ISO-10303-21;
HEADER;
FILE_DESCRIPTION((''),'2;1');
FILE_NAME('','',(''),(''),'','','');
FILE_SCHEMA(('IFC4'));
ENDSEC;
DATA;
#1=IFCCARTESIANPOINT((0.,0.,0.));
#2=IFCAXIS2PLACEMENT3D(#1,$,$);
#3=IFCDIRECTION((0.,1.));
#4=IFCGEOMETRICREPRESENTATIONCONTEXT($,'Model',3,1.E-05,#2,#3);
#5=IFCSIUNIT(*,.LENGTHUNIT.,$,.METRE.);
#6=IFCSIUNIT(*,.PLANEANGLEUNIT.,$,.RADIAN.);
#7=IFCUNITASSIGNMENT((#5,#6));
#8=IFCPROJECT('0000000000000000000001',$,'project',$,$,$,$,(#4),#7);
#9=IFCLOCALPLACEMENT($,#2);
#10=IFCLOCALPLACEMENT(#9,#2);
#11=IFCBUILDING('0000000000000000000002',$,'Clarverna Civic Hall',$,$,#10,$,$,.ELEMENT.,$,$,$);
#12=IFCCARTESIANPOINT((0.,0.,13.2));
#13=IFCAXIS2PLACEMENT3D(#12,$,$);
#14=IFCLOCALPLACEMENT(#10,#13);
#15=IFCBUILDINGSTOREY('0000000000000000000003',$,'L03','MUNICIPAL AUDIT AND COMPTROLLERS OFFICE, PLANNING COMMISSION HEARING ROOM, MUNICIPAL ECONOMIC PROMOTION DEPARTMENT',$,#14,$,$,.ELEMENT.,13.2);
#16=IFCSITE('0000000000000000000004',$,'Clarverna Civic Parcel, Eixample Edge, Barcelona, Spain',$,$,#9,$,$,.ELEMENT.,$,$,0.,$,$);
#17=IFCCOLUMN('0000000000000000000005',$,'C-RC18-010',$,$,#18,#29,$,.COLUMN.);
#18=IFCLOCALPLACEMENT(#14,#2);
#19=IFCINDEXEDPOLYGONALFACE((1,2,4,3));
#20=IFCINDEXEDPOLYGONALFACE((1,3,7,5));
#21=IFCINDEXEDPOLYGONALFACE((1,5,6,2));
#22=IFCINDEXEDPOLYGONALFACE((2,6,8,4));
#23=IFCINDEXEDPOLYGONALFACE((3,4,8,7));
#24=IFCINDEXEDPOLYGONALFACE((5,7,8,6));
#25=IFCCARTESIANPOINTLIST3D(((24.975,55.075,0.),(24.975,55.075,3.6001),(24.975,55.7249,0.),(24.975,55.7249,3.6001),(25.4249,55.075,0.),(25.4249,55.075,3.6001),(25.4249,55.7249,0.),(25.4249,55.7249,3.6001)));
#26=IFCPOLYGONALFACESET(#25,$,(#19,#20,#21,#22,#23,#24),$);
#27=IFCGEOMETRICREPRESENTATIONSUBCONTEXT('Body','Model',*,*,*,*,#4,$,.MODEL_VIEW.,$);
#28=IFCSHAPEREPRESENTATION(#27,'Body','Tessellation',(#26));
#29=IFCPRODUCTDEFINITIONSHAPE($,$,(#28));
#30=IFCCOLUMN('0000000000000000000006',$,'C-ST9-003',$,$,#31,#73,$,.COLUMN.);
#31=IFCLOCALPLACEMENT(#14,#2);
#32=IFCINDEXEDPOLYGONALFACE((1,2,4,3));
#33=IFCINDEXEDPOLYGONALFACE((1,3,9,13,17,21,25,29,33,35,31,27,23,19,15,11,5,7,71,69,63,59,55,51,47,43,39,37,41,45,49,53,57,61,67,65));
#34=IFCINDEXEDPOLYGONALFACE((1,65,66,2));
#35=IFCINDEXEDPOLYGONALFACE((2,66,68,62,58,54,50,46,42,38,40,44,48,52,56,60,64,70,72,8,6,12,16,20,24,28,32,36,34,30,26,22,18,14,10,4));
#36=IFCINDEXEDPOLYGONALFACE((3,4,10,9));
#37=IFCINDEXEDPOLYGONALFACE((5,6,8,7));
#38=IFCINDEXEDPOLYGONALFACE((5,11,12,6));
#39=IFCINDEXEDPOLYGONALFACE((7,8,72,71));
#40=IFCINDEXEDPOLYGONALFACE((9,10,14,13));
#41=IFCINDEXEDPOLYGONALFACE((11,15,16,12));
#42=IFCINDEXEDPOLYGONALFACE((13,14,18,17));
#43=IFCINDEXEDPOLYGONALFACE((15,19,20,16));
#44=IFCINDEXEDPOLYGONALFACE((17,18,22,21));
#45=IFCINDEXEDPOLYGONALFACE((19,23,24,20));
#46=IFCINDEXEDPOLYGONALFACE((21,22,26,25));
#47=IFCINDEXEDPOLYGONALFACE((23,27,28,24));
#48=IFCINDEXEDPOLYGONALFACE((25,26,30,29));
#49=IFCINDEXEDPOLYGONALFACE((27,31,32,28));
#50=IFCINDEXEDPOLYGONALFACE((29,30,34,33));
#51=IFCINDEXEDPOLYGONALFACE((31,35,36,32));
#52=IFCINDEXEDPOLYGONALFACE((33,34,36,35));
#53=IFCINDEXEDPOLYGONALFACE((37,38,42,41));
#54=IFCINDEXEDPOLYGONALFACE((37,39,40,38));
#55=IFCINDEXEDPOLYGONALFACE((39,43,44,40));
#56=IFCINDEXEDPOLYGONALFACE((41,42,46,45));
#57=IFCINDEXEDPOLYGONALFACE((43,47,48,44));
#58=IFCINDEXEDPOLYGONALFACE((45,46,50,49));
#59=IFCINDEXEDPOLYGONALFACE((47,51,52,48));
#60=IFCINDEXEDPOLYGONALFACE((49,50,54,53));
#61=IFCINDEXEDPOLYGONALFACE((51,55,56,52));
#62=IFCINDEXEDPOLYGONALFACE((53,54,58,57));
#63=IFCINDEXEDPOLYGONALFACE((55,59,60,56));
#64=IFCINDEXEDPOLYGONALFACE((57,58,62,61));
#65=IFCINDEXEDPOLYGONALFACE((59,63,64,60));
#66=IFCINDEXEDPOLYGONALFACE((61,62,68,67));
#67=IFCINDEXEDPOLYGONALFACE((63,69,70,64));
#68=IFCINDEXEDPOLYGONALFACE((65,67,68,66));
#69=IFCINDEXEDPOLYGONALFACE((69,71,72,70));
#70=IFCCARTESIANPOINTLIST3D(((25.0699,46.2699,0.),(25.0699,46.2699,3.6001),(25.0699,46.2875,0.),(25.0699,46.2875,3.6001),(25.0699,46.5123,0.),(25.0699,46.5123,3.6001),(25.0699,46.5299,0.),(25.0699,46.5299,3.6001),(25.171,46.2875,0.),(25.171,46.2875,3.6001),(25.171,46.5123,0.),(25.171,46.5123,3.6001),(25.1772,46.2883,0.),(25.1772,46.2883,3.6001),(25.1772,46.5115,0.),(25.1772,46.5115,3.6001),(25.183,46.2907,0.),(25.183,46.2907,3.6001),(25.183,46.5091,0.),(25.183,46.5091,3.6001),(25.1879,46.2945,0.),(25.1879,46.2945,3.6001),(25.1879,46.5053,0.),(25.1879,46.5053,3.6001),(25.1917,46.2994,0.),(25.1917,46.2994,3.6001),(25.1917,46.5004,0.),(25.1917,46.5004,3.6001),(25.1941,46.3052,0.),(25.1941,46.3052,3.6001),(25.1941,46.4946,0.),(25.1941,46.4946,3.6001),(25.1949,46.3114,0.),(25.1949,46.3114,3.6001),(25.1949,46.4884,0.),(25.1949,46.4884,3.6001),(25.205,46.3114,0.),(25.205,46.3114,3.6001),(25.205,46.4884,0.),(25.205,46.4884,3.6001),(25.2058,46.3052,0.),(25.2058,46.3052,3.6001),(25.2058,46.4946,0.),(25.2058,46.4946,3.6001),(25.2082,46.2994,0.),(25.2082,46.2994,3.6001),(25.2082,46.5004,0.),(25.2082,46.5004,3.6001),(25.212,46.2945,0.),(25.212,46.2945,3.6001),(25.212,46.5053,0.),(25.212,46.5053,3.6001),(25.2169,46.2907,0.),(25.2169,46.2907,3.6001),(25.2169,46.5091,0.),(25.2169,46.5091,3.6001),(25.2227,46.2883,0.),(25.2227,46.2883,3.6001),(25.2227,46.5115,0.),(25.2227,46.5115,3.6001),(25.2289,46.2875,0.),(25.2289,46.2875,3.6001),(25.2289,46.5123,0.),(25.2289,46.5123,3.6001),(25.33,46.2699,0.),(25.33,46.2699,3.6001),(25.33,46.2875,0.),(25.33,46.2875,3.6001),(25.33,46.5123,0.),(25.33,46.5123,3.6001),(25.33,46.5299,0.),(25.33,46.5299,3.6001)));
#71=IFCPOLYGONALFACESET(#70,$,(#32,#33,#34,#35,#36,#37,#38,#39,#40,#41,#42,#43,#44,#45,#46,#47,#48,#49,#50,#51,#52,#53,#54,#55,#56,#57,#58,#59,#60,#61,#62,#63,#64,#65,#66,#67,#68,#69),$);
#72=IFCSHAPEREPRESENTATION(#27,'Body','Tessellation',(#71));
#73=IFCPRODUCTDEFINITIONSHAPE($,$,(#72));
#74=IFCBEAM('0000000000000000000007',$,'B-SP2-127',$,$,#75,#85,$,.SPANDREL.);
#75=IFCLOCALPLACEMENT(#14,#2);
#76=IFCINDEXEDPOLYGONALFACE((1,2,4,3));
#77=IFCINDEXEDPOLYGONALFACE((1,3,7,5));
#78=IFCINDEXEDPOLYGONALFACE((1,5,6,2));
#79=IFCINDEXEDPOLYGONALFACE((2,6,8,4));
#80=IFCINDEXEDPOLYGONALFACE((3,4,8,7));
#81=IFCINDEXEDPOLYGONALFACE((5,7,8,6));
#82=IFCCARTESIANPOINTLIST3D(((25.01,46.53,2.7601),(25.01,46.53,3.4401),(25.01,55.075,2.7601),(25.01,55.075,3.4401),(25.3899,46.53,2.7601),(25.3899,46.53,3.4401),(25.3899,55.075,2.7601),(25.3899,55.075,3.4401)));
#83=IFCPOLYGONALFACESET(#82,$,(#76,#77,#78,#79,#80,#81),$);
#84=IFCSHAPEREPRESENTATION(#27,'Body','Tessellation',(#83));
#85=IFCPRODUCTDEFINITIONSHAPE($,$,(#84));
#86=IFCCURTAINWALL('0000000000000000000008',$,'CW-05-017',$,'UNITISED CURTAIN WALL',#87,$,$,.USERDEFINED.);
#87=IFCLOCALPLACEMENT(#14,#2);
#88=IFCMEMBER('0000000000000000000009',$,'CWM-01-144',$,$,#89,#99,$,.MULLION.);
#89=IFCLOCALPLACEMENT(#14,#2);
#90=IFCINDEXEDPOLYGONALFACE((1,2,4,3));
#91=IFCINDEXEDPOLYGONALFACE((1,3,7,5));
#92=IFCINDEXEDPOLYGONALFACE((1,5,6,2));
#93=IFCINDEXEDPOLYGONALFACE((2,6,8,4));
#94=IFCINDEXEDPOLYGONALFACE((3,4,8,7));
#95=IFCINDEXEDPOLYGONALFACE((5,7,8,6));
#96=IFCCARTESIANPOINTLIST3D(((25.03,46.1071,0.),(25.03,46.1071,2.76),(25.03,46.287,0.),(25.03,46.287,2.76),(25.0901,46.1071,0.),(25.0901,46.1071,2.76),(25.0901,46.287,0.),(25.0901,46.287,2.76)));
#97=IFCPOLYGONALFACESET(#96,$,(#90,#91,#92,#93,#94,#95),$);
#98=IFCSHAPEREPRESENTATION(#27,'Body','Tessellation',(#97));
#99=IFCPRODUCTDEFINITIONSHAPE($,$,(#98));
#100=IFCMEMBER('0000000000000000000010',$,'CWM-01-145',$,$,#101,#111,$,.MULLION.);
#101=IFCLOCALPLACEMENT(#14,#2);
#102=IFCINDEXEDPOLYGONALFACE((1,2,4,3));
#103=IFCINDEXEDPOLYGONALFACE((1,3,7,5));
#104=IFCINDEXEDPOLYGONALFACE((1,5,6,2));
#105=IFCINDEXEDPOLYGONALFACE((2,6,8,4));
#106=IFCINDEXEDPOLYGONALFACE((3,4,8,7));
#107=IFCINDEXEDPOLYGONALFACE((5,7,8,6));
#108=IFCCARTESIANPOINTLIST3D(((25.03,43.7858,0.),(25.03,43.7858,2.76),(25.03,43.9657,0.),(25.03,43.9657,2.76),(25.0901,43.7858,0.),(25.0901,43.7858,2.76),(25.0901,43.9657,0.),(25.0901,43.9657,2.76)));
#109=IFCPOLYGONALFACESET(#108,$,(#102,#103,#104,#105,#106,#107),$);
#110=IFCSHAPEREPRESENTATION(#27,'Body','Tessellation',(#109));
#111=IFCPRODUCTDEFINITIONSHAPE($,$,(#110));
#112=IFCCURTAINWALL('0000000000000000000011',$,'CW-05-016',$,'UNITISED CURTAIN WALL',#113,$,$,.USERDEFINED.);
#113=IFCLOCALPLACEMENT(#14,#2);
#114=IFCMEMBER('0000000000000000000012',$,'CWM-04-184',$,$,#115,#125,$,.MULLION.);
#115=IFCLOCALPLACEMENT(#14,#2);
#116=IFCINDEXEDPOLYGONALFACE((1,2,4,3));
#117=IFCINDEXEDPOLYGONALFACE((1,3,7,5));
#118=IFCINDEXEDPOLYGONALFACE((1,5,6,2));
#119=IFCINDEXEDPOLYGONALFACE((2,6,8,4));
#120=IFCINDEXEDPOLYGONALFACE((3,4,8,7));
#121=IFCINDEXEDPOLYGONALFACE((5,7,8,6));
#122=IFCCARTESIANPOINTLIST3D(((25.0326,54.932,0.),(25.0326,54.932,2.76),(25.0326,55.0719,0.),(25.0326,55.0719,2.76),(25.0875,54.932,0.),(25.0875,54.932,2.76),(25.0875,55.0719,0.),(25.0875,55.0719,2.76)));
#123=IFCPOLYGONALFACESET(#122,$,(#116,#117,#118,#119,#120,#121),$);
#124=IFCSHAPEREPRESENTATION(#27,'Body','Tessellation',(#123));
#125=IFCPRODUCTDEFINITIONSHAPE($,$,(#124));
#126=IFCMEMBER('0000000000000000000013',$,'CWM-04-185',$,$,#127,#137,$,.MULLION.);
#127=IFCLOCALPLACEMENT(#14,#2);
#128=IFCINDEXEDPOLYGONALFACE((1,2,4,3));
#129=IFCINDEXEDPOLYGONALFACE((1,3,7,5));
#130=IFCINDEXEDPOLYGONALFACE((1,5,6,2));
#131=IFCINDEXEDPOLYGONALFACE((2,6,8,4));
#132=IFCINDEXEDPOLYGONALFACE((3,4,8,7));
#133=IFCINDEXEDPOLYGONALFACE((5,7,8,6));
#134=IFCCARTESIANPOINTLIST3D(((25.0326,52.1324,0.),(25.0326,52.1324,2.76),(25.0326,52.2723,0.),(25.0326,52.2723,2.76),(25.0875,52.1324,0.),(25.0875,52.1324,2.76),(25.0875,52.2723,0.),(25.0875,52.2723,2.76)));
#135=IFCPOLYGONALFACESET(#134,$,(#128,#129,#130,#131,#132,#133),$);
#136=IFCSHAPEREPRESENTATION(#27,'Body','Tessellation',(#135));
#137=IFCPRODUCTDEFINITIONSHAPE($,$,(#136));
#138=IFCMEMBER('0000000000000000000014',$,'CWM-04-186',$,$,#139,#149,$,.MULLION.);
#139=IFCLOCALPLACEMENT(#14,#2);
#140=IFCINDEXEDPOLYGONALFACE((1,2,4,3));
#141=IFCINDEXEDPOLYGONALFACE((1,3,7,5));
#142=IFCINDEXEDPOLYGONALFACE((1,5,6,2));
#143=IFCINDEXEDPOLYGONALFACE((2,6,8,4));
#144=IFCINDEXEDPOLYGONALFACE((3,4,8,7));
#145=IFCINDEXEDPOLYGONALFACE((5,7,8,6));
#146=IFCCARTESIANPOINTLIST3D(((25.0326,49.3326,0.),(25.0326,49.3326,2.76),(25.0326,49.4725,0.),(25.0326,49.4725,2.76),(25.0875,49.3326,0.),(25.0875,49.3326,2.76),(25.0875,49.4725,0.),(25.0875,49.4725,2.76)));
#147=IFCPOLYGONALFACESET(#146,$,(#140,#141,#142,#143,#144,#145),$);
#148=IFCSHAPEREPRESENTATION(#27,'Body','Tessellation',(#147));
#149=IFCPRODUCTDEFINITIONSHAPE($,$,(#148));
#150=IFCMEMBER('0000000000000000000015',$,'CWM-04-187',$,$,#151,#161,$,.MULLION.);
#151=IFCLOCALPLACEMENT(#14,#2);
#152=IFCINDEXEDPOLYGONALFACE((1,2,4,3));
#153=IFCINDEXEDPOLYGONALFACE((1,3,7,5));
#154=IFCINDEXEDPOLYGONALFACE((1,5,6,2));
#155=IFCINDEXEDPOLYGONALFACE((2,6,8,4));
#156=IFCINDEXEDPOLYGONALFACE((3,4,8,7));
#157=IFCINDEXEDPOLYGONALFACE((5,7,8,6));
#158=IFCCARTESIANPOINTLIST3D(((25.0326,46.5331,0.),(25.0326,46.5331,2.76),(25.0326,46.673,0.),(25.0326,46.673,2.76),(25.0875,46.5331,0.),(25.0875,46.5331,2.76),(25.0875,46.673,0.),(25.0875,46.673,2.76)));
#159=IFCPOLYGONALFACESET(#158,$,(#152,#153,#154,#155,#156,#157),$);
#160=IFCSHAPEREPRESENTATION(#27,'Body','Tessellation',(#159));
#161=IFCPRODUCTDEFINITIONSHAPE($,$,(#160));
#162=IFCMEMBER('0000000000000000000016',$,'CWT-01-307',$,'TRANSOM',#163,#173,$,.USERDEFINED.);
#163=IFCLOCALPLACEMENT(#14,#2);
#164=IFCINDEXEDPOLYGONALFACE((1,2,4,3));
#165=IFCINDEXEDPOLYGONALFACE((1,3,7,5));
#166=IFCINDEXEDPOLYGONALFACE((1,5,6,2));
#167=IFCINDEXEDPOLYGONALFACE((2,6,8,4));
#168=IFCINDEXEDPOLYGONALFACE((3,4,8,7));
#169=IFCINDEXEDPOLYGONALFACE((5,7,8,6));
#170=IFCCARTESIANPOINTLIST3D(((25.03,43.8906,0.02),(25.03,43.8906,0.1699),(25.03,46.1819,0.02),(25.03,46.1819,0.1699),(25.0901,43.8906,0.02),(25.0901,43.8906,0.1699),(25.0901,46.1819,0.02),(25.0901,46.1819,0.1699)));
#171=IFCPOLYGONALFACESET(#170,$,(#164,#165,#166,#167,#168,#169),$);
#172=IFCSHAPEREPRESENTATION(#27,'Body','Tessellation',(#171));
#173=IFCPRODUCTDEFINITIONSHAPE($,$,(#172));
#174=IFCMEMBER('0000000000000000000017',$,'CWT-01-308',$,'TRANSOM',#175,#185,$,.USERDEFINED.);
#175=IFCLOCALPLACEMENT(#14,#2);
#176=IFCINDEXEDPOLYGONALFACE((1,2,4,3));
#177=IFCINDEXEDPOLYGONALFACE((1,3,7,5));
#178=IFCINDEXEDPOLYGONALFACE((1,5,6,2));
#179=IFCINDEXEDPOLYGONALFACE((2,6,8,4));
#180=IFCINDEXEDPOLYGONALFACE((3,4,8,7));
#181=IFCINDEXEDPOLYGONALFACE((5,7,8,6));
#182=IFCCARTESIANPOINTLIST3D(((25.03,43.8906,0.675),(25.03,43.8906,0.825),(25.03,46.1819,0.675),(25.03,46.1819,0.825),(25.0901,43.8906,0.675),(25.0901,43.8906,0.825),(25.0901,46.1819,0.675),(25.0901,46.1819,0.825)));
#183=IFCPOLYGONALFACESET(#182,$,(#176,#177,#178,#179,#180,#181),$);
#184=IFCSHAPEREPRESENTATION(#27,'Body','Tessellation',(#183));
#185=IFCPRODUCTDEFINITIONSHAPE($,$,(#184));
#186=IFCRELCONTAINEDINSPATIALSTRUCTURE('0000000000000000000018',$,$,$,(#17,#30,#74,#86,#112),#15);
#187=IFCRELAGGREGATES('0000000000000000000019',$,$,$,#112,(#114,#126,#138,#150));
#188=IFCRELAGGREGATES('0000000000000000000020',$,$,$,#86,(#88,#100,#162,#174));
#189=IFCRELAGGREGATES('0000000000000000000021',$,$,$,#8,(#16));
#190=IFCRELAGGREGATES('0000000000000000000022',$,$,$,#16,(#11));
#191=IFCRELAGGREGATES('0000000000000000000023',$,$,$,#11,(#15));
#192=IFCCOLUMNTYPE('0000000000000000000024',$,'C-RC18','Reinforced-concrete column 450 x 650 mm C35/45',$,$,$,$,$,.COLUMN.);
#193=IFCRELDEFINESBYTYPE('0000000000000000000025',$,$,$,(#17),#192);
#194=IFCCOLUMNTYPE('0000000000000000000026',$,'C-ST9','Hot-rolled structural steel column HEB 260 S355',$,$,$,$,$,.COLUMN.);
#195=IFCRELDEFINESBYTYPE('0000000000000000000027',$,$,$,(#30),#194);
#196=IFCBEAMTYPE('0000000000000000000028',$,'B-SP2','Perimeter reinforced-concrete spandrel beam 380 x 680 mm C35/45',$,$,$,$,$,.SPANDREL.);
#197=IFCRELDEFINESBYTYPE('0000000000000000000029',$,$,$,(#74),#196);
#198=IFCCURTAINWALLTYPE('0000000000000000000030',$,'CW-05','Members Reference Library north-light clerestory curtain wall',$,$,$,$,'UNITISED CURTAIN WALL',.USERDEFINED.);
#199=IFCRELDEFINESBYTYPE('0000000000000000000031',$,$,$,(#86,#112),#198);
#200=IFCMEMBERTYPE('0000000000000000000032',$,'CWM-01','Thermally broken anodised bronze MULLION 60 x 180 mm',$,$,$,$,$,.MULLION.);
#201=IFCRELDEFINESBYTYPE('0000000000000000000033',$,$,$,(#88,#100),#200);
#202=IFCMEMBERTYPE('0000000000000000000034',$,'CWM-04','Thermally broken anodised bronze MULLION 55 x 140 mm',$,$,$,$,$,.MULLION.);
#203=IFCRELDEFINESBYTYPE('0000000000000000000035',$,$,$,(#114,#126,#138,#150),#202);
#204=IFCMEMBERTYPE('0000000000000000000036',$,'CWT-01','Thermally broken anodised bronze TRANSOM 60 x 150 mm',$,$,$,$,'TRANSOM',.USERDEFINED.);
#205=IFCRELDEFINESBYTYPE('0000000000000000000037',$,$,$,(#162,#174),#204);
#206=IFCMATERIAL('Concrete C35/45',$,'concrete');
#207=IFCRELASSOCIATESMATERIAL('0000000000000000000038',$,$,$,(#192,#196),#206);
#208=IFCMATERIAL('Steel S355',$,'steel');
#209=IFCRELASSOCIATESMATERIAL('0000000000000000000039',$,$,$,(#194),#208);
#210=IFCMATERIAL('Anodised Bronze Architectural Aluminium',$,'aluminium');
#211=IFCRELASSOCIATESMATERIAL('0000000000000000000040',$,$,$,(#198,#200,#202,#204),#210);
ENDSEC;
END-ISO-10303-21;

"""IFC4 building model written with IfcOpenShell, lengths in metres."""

from ifc_helpers import new_model, si_unit, direction, frame, origin, origin_2d, place, context, subcontext, project, spatial, rectangle, i_section, extrude, material, material_profile, profile_set, type_object, element, aggregate, save


model = new_model("IFC4")

# Units and contexts
model_context = context("Model", 3, precision=1e-05, world=origin(), true_north=direction((0.0, 1.0)))
body_context = subcontext(model_context, "Body", "Model", "MODEL_VIEW")
ifc_project = project(units=[si_unit("LENGTHUNIT", "METRE"), si_unit("PLANEANGLEUNIT", "RADIAN")], contexts=[model_context])

# Site, building, storey
site_placement = place(None, origin())
site = spatial("IfcSite", under=ifc_project, at=site_placement, Name="Clarverna Civic Parcel, Eixample Edge, Barcelona, Spain", CompositionType="ELEMENT", RefElevation=0.0)
building_placement = place(site_placement, origin())
building = spatial("IfcBuilding", under=site, at=building_placement, Name="Clarverna Civic Hall", CompositionType="ELEMENT")
storey_placement = place(building_placement, frame((0.0, 0.0, 13.2)))
storey = spatial("IfcBuildingStorey", under=building, at=storey_placement, Name="L03", Description="MUNICIPAL AUDIT AND COMPTROLLERS OFFICE, PLANNING COMMISSION HEARING ROOM, MUNICIPAL ECONOMIC PROMOTION DEPARTMENT", CompositionType="ELEMENT", Elevation=13.2)

# Columns
ifc_material_1 = material(Name="Concrete C35/45", Category="concrete")
ifc_material_profile_1 = material_profile(ifc_material_1, rectangle(XDim=0.45, YDim=0.6499, at=origin_2d()), Name="RC 450x650")
ifc_profile_set_1 = profile_set([ifc_material_profile_1], Name="Concrete C35/45")
column_type_1 = type_object("IfcColumnType", Name="C-RC18", Description="Reinforced-concrete column 450 x 650 mm C35/45", PredefinedType="COLUMN", material=ifc_profile_set_1)
column_1_placement = place(storey_placement, frame((25.2, 55.3999, 0.0), z_axis=(0.0, 0.0, 1.0), x_axis=(1.0, 0.0, 0.0)))
element("IfcColumn", 1, at=column_1_placement, inside=storey, type_object=column_type_1, Name="C-RC18-010", PredefinedType="COLUMN", context=body_context, shape_type="SweptSolid", body=[
    extrude(rectangle(XDim=0.45, YDim=0.6499, at=origin_2d()), origin(), (0.0, 0.0, 1.0), 3.6001),
])
ifc_material_2 = material(Name="Steel S355", Category="steel")
ifc_material_profile_2 = material_profile(ifc_material_2, i_section(OverallWidth=0.26, OverallDepth=0.26, WebThickness=0.01, FlangeThickness=0.0176, FilletRadius=0.0239, at=origin_2d()), Name="HEB 260")
ifc_profile_set_2 = profile_set([ifc_material_profile_2], Name="Steel S355")
column_type_2 = type_object("IfcColumnType", Name="C-ST9", Description="Hot-rolled structural steel column HEB 260 S355", PredefinedType="COLUMN", material=ifc_profile_set_2)
column_2_placement = place(storey_placement, frame((25.2, 46.3999, 0.0), z_axis=(0.0, 0.0, 1.0), x_axis=(1.0, 0.0, 0.0)))
element("IfcColumn", 2, at=column_2_placement, inside=storey, type_object=column_type_2, Name="C-ST9-003", PredefinedType="COLUMN", context=body_context, shape_type="SweptSolid", body=[
    extrude(i_section(OverallWidth=0.26, OverallDepth=0.26, WebThickness=0.01, FlangeThickness=0.0176, FilletRadius=0.0239, at=origin_2d()), origin(), (0.0, 0.0, 1.0), 3.6001),
])

# Beam
ifc_material_profile_3 = material_profile(ifc_material_1, rectangle(XDim=0.3799, YDim=0.6799, at=origin_2d()), Name="RC 380x680")
ifc_profile_set_3 = profile_set([ifc_material_profile_3], Name="Concrete C35/45")
beam_type = type_object("IfcBeamType", Name="B-SP2", Description="Perimeter reinforced-concrete spandrel beam 380 x 680 mm C35/45", PredefinedType="SPANDREL", material=ifc_profile_set_3)
beam_placement = place(storey_placement, frame((25.2, 46.53, 3.1001), z_axis=(0.0, 1.0, 0.0), x_axis=(-1.0, 0.0, 0.0)))
element("IfcBeam", 3, at=beam_placement, inside=storey, type_object=beam_type, Name="B-SP2-127", PredefinedType="SPANDREL", context=body_context, shape_type="SweptSolid", body=[
    extrude(rectangle(XDim=0.3799, YDim=0.6799, at=origin_2d()), origin(), (0.0, 0.0, 1.0), 8.5449),
])

# Curtain walls, members
ifc_material_3 = material(Name="Anodised Bronze Architectural Aluminium", Category="aluminium")
curtain_wall_type = type_object("IfcCurtainWallType", Name="CW-05", Description="Members Reference Library north-light clerestory curtain wall", ElementType="UNITISED CURTAIN WALL", PredefinedType="USERDEFINED", material=ifc_material_3)
curtain_wall_1_placement = place(storey_placement, origin())
curtain_wall_1 = element("IfcCurtainWall", 4, at=curtain_wall_1_placement, inside=storey, type_object=curtain_wall_type, Name="CW-05-017", ObjectType="UNITISED CURTAIN WALL", PredefinedType="USERDEFINED")
ifc_material_profile_4 = material_profile(ifc_material_3, rectangle(XDim=0.0601, YDim=0.1799, at=origin_2d()), Name="BRONZE 60x180")
ifc_profile_set_4 = profile_set([ifc_material_profile_4], Name="Anodised Bronze Architectural Aluminium")
member_type_1 = type_object("IfcMemberType", Name="CWM-01", Description="Thermally broken anodised bronze MULLION 60 x 180 mm", PredefinedType="MULLION", material=ifc_profile_set_4)
member_1_placement = place(storey_placement, frame((25.0601, 46.197, 0.0), z_axis=(0.0, 0.0, 1.0), x_axis=(1.0, 0.0, 0.0)))
member_1 = element("IfcMember", 5, at=member_1_placement, type_object=member_type_1, Name="CWM-01-144", PredefinedType="MULLION", context=body_context, shape_type="SweptSolid", body=[
    extrude(rectangle(XDim=0.0601, YDim=0.1799, at=origin_2d()), origin(), (0.0, 0.0, 1.0), 2.76),
])
member_2_placement = place(storey_placement, frame((25.0601, 43.8757, 0.0), z_axis=(0.0, 0.0, 1.0), x_axis=(1.0, 0.0, 0.0)))
member_2 = element("IfcMember", 6, at=member_2_placement, type_object=member_type_1, Name="CWM-01-145", PredefinedType="MULLION", context=body_context, shape_type="SweptSolid", body=[
    extrude(rectangle(XDim=0.0601, YDim=0.1799, at=origin_2d()), origin(), (0.0, 0.0, 1.0), 2.76),
])
curtain_wall_2_placement = place(storey_placement, origin())
curtain_wall_2 = element("IfcCurtainWall", 7, at=curtain_wall_2_placement, inside=storey, type_object=curtain_wall_type, Name="CW-05-016", ObjectType="UNITISED CURTAIN WALL", PredefinedType="USERDEFINED")
ifc_material_profile_5 = material_profile(ifc_material_3, rectangle(XDim=0.0549, YDim=0.1399, at=origin_2d()), Name="BRONZE 55x140")
ifc_profile_set_5 = profile_set([ifc_material_profile_5], Name="Anodised Bronze Architectural Aluminium")
member_type_2 = type_object("IfcMemberType", Name="CWM-04", Description="Thermally broken anodised bronze MULLION 55 x 140 mm", PredefinedType="MULLION", material=ifc_profile_set_5)
member_3_placement = place(storey_placement, frame((25.0601, 55.002, 0.0), z_axis=(0.0, 0.0, 1.0), x_axis=(1.0, 0.0, 0.0)))
member_3 = element("IfcMember", 8, at=member_3_placement, type_object=member_type_2, Name="CWM-04-184", PredefinedType="MULLION", context=body_context, shape_type="SweptSolid", body=[
    extrude(rectangle(XDim=0.0549, YDim=0.1399, at=origin_2d()), origin(), (0.0, 0.0, 1.0), 2.76),
])
member_4_placement = place(storey_placement, frame((25.0601, 52.2024, 0.0), z_axis=(0.0, 0.0, 1.0), x_axis=(1.0, 0.0, 0.0)))
member_4 = element("IfcMember", 9, at=member_4_placement, type_object=member_type_2, Name="CWM-04-185", PredefinedType="MULLION", context=body_context, shape_type="SweptSolid", body=[
    extrude(rectangle(XDim=0.0549, YDim=0.1399, at=origin_2d()), origin(), (0.0, 0.0, 1.0), 2.76),
])
member_5_placement = place(storey_placement, frame((25.0601, 49.4026, 0.0), z_axis=(0.0, 0.0, 1.0), x_axis=(1.0, 0.0, 0.0)))
member_5 = element("IfcMember", 10, at=member_5_placement, type_object=member_type_2, Name="CWM-04-186", PredefinedType="MULLION", context=body_context, shape_type="SweptSolid", body=[
    extrude(rectangle(XDim=0.0549, YDim=0.1399, at=origin_2d()), origin(), (0.0, 0.0, 1.0), 2.76),
])
member_6_placement = place(storey_placement, frame((25.0601, 46.603, 0.0), z_axis=(0.0, 0.0, 1.0), x_axis=(1.0, 0.0, 0.0)))
member_6 = element("IfcMember", 11, at=member_6_placement, type_object=member_type_2, Name="CWM-04-187", PredefinedType="MULLION", context=body_context, shape_type="SweptSolid", body=[
    extrude(rectangle(XDim=0.0549, YDim=0.1399, at=origin_2d()), origin(), (0.0, 0.0, 1.0), 2.76),
])

# Members
ifc_material_profile_6 = material_profile(ifc_material_3, rectangle(XDim=0.0601, YDim=0.1499, at=origin_2d()), Name="BRONZE 60x150")
ifc_profile_set_6 = profile_set([ifc_material_profile_6], Name="Anodised Bronze Architectural Aluminium")
member_type_3 = type_object("IfcMemberType", Name="CWT-01", Description="Thermally broken anodised bronze TRANSOM 60 x 150 mm", ElementType="TRANSOM", PredefinedType="USERDEFINED", material=ifc_profile_set_6)
member_7_placement = place(storey_placement, frame((25.0601, 46.1819, 0.095), z_axis=(0.0, -1.0, 0.0), x_axis=(1.0, 0.0, 0.0)))
member_7 = element("IfcMember", 12, at=member_7_placement, type_object=member_type_3, Name="CWT-01-307", ObjectType="TRANSOM", PredefinedType="USERDEFINED", context=body_context, shape_type="SweptSolid", body=[
    extrude(rectangle(XDim=0.0601, YDim=0.1499, at=origin_2d()), origin(), (0.0, 0.0, 1.0), 2.2913),
])
member_8_placement = place(storey_placement, frame((25.0601, 46.1819, 0.75), z_axis=(0.0, -1.0, 0.0), x_axis=(1.0, 0.0, 0.0)))
member_8 = element("IfcMember", 13, at=member_8_placement, type_object=member_type_3, Name="CWT-01-308", ObjectType="TRANSOM", PredefinedType="USERDEFINED", context=body_context, shape_type="SweptSolid", body=[
    extrude(rectangle(XDim=0.0601, YDim=0.1499, at=origin_2d()), origin(), (0.0, 0.0, 1.0), 2.2913),
])

aggregate(curtain_wall_2, [member_3, member_4, member_5, member_6])
aggregate(curtain_wall_1, [member_1, member_2, member_7, member_8])

save(model, "model.ifc")
